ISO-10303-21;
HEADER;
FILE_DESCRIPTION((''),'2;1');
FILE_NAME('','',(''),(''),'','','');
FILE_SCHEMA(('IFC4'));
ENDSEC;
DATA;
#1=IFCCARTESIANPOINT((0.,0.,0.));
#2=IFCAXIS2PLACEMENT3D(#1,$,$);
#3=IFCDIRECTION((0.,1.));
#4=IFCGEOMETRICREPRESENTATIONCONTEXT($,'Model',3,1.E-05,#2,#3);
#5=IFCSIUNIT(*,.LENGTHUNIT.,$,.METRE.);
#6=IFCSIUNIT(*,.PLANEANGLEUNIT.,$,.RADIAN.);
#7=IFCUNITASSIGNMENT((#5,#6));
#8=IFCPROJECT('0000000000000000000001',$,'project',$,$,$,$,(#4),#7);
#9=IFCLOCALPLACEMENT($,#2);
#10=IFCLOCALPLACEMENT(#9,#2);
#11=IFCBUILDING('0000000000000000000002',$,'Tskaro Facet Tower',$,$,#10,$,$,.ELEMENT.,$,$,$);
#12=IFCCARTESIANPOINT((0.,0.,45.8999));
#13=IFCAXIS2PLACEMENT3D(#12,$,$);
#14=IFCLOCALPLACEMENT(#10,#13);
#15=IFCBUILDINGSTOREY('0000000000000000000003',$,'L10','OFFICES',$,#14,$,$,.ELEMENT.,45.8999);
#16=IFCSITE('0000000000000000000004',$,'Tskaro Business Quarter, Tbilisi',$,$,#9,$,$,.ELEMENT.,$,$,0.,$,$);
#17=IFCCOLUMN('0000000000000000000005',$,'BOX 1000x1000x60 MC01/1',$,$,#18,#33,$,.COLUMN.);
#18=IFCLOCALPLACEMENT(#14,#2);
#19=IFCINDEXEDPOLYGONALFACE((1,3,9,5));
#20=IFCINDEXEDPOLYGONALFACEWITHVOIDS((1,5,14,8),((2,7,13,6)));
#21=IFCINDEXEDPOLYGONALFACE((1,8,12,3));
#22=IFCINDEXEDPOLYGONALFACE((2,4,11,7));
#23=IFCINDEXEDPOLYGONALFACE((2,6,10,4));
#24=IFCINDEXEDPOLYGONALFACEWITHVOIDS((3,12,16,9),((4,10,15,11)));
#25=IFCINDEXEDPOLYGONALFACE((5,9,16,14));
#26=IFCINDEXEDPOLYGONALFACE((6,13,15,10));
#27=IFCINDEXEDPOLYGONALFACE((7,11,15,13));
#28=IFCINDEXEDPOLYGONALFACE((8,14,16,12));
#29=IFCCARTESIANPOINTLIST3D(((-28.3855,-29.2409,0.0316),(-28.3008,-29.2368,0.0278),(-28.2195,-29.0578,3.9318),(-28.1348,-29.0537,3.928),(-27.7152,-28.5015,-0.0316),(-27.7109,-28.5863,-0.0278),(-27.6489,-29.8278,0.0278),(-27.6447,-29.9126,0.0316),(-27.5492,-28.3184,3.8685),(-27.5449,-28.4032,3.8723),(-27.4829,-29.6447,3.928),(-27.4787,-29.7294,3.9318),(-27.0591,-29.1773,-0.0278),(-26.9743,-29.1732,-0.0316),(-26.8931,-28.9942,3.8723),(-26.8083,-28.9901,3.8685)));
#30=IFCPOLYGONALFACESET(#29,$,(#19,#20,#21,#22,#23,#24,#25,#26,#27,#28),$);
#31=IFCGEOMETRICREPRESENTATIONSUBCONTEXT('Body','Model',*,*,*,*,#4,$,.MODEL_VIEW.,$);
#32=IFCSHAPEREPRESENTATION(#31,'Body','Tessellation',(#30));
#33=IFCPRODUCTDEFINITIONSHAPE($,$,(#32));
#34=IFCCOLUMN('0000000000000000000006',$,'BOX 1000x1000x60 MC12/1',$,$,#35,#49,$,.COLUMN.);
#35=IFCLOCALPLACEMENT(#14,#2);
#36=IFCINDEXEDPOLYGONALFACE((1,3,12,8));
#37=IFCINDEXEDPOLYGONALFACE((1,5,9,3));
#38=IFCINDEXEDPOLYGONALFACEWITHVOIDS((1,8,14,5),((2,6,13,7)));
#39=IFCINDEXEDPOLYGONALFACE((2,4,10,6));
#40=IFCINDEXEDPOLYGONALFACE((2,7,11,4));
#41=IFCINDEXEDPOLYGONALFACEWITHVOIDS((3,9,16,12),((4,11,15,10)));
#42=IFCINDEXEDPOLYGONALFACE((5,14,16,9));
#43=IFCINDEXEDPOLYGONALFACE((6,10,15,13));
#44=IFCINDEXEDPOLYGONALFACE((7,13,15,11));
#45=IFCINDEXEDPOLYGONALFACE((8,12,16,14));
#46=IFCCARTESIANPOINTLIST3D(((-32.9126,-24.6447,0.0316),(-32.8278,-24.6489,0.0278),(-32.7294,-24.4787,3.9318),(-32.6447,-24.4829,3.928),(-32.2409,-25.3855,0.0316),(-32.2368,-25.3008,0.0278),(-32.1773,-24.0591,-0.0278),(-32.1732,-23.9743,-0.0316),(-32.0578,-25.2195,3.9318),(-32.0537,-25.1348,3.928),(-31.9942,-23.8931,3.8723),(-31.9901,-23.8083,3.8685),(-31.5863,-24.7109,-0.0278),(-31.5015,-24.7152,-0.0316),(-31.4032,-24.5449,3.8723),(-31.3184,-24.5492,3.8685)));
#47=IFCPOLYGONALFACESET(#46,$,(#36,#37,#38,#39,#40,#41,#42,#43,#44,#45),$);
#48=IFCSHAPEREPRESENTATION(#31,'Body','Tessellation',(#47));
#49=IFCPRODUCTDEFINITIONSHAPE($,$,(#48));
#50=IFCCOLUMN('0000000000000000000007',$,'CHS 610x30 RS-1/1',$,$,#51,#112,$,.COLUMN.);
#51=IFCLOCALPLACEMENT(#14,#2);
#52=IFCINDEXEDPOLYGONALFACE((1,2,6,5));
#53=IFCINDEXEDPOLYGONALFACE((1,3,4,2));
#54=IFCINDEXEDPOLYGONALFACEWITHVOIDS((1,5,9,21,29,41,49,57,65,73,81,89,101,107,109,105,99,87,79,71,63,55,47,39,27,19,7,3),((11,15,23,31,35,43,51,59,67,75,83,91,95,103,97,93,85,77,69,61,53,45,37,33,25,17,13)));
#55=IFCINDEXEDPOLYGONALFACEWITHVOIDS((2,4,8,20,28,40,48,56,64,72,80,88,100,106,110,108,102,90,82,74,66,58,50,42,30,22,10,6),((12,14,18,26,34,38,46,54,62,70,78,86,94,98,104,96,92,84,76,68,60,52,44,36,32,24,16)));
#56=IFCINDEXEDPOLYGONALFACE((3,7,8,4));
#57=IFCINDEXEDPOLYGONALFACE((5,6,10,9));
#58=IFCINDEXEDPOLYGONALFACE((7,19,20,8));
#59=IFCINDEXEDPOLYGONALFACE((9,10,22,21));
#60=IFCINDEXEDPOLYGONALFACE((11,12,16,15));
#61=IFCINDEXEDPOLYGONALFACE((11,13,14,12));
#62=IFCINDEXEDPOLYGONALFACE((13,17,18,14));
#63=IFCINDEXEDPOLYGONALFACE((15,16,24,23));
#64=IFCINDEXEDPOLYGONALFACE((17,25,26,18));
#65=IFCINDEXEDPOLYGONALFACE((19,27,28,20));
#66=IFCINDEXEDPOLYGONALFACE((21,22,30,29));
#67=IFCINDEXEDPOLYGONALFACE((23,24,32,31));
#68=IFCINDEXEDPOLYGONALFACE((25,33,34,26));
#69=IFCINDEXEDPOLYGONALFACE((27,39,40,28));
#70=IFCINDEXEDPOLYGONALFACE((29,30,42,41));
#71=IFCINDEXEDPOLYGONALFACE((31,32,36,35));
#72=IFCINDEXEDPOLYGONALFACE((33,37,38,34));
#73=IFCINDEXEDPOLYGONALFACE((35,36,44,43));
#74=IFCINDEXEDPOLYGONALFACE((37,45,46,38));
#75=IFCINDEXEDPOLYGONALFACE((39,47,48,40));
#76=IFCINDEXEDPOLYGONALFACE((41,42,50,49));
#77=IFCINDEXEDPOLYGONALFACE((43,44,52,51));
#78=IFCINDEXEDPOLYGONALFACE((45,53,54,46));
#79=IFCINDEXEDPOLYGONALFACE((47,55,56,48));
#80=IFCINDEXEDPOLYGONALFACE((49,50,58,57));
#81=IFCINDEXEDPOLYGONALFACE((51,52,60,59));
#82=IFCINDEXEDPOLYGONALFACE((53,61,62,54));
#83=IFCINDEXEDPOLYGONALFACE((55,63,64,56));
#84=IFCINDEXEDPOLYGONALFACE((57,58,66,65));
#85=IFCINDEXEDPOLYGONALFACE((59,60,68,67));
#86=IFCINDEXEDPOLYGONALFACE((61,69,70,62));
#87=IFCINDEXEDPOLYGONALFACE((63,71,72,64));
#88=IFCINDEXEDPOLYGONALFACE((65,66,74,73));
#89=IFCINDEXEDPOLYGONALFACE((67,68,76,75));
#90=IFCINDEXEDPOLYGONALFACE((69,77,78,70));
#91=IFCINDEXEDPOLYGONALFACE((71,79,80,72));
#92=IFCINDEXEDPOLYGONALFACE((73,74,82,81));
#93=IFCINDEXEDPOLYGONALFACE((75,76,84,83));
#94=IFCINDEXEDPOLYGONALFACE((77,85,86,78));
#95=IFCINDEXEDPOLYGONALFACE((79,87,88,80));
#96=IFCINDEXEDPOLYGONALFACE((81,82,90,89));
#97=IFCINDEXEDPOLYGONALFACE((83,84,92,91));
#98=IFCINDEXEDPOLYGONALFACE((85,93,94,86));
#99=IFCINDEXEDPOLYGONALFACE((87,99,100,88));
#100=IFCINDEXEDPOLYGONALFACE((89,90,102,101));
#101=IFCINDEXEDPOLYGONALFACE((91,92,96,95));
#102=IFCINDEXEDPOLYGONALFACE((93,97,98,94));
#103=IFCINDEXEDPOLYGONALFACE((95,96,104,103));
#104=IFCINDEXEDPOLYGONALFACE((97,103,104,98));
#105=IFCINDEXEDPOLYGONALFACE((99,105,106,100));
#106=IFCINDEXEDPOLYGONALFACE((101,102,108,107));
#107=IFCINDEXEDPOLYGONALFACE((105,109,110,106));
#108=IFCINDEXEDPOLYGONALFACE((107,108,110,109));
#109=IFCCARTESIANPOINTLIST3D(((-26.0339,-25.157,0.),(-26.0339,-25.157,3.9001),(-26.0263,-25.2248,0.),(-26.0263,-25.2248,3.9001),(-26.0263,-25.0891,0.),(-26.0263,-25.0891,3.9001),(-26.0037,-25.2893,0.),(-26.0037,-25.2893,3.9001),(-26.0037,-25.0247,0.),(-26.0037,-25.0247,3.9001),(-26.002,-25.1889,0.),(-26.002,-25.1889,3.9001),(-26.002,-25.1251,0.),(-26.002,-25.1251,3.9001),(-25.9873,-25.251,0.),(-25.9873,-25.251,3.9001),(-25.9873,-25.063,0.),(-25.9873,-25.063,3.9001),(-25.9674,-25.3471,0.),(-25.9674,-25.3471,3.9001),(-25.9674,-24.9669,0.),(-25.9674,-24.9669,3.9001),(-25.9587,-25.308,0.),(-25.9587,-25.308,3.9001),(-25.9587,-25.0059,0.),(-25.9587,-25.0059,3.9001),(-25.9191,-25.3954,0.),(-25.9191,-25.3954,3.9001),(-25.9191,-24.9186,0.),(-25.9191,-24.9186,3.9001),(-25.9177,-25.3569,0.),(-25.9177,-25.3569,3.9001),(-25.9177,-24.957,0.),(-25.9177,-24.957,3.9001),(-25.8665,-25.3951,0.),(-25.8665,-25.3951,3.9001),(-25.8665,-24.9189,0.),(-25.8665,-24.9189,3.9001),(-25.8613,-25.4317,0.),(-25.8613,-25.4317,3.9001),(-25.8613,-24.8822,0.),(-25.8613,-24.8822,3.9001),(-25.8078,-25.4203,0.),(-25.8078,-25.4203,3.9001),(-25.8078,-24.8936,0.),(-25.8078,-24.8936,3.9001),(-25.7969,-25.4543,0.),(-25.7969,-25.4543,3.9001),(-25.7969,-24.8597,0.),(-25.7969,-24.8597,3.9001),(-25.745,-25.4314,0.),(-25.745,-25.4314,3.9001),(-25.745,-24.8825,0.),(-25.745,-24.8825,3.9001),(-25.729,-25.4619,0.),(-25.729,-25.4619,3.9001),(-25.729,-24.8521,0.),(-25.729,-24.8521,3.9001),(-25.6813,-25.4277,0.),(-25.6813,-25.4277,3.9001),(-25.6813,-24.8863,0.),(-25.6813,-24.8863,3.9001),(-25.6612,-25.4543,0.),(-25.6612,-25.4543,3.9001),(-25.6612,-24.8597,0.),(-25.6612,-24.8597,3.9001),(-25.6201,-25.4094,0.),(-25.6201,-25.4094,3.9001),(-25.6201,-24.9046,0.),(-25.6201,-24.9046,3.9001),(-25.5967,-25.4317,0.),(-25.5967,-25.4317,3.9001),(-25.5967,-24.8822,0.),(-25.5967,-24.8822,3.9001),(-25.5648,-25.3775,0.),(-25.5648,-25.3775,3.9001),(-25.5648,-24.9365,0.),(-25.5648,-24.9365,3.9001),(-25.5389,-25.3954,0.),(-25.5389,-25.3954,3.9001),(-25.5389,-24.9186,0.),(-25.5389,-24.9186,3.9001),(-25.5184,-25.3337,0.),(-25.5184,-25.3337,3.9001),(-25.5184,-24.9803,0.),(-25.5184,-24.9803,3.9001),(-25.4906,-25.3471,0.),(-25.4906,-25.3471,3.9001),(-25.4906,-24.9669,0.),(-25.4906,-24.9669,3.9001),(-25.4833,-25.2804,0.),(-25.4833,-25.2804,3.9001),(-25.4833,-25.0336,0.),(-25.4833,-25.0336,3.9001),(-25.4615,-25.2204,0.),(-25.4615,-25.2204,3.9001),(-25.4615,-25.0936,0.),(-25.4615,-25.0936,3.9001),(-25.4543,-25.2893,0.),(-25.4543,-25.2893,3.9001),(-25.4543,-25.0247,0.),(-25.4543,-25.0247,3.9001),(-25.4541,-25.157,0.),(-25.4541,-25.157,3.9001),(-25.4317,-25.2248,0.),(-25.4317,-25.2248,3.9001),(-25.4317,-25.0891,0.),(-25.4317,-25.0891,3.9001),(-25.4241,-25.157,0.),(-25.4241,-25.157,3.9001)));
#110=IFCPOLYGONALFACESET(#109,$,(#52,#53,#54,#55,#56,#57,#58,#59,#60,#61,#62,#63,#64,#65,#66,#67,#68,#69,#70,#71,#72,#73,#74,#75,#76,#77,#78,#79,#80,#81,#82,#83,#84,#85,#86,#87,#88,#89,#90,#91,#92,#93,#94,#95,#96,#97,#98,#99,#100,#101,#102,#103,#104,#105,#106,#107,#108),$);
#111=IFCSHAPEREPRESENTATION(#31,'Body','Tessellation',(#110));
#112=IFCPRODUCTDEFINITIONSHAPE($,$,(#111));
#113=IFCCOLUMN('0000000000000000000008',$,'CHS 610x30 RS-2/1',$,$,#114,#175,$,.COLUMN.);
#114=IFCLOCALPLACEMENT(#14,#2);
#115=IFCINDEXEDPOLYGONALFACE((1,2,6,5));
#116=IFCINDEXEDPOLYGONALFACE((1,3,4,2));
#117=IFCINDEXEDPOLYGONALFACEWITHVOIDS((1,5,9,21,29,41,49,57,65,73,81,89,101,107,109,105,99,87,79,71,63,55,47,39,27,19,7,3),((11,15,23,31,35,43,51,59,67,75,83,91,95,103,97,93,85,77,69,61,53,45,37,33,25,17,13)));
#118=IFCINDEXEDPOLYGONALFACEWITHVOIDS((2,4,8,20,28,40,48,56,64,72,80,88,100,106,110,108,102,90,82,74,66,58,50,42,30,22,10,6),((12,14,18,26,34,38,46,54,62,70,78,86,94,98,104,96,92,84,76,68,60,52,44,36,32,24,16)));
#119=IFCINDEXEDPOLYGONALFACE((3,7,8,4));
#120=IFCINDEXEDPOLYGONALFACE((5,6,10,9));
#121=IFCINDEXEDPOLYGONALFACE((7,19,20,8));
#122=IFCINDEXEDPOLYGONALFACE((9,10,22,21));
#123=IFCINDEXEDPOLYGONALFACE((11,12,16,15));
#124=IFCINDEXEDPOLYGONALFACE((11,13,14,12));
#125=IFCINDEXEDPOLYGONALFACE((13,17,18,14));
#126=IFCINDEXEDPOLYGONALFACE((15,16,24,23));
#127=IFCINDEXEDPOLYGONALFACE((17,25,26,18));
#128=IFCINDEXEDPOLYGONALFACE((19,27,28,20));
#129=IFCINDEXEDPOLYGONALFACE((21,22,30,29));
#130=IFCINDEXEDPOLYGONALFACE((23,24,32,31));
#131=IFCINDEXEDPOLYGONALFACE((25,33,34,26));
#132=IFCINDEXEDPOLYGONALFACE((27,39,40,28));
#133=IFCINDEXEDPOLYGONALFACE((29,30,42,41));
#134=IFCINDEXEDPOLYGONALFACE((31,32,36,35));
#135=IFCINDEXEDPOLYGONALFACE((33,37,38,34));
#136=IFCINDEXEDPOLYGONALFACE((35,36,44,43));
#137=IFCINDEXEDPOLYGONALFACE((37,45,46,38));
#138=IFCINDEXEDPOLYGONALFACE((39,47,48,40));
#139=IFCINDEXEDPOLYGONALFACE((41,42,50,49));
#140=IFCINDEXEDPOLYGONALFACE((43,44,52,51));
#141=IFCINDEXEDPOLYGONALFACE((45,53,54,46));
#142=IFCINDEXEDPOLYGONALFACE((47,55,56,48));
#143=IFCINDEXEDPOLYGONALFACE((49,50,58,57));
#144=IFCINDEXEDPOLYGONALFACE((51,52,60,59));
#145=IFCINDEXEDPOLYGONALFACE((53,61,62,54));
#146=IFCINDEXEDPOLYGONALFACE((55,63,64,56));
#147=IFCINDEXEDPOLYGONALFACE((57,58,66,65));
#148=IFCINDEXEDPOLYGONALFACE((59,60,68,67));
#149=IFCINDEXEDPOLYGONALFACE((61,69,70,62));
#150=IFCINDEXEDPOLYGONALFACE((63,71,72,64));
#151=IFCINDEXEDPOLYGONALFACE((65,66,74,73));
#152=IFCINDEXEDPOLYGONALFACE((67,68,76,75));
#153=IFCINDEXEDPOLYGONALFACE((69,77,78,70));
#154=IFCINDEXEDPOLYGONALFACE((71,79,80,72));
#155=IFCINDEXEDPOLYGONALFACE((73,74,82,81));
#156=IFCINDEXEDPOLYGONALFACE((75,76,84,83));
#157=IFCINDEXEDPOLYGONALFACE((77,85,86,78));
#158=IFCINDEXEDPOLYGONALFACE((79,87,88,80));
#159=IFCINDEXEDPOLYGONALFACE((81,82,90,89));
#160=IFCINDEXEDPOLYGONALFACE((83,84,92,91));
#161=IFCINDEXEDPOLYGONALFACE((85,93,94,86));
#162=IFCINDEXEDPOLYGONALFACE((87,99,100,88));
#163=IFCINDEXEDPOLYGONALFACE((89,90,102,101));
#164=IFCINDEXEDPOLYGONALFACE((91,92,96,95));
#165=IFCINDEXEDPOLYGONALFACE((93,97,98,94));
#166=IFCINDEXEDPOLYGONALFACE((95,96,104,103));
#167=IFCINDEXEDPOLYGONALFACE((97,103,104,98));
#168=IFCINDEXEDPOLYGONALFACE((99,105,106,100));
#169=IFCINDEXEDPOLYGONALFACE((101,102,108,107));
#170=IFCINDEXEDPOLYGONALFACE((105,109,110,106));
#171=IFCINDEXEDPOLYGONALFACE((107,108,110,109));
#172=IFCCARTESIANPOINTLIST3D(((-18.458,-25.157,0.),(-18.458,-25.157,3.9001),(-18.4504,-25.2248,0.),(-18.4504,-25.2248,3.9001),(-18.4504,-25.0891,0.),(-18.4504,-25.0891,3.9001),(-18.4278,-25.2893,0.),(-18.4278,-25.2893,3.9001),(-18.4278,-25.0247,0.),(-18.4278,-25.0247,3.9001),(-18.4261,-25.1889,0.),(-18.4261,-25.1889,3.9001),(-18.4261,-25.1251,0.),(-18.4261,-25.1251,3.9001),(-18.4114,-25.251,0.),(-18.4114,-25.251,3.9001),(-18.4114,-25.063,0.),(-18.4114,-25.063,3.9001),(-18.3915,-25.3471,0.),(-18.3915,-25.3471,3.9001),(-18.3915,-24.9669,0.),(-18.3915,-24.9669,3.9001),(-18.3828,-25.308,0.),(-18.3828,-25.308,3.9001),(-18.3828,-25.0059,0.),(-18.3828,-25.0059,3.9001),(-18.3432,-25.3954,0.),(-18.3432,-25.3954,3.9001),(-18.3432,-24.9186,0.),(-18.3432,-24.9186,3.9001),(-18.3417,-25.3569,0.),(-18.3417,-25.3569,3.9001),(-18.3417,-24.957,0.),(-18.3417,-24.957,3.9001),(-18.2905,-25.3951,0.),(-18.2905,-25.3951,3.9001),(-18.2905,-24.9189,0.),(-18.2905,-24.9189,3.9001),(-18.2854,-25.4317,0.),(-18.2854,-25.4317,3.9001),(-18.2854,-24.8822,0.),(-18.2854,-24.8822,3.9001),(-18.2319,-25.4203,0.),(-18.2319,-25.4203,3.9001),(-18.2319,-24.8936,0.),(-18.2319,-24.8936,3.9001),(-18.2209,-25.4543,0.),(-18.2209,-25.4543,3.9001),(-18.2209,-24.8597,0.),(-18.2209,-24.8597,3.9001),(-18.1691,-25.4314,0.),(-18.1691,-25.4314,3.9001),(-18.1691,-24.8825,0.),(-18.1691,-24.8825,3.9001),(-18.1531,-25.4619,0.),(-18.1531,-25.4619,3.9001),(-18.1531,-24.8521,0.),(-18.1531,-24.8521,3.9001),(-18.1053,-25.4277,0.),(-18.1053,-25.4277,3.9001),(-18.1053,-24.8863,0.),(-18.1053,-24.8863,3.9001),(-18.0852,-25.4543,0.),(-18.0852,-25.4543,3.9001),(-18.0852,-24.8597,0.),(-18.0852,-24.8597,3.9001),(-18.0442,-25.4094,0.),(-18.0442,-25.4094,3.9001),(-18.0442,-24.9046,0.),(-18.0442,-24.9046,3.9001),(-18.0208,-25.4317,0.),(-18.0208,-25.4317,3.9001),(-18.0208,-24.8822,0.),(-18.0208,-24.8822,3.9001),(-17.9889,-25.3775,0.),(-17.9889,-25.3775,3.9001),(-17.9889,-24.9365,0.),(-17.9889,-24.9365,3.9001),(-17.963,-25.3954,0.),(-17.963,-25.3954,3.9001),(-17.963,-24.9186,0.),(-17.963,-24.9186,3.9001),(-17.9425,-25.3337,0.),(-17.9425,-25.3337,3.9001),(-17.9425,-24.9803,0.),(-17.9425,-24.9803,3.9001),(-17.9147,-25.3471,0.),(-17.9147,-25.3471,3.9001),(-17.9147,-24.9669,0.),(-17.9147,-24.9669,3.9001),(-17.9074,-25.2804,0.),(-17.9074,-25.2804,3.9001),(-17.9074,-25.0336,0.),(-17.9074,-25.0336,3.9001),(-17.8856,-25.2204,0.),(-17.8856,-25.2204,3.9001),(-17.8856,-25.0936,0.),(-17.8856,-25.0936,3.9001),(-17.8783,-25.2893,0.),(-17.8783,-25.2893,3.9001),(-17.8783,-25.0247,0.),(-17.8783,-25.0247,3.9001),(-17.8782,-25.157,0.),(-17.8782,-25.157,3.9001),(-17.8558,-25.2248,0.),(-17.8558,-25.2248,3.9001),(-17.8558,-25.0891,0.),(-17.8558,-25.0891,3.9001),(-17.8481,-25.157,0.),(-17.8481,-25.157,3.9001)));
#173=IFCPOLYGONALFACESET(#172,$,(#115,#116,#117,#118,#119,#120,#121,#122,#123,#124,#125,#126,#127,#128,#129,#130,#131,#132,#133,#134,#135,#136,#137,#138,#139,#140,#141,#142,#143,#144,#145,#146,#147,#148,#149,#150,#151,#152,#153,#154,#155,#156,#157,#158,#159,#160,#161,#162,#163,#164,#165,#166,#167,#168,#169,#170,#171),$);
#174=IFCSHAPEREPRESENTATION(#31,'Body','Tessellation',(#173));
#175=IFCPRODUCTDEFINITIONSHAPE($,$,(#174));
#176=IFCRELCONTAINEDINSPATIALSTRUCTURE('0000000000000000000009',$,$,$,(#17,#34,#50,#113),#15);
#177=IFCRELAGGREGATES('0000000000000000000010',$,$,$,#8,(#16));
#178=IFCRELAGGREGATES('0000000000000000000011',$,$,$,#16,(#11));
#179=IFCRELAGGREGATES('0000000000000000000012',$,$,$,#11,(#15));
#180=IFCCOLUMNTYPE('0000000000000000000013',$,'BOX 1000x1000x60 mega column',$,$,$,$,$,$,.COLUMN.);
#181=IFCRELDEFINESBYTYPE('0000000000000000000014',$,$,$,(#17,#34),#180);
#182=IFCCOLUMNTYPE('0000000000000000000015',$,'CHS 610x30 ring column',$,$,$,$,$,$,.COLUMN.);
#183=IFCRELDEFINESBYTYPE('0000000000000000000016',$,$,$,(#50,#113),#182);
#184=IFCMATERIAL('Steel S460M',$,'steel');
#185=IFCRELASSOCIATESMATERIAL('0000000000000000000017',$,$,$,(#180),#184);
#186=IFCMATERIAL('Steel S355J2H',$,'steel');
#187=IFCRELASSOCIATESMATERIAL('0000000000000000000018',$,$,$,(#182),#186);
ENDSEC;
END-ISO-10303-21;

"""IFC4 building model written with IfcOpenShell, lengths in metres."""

from ifc_helpers import new_model, si_unit, direction, frame, origin, origin_2d, place, context, subcontext, project, spatial, hollow_rectangle, hollow_circle, extrude, material, material_profile, profile_set, type_object, element, save


model = new_model("IFC4")

# Units and contexts
model_context = context("Model", 3, precision=1e-05, world=origin(), true_north=direction((0.0, 1.0)))
body_context = subcontext(model_context, "Body", "Model", "MODEL_VIEW")
ifc_project = project(units=[si_unit("LENGTHUNIT", "METRE"), si_unit("PLANEANGLEUNIT", "RADIAN")], contexts=[model_context])

# Site, building, storey
site_placement = place(None, origin())
site = spatial("IfcSite", under=ifc_project, at=site_placement, Name="Tskaro Business Quarter, Tbilisi", CompositionType="ELEMENT", RefElevation=0.0)
building_placement = place(site_placement, origin())
building = spatial("IfcBuilding", under=site, at=building_placement, Name="Tskaro Facet Tower", CompositionType="ELEMENT")
storey_placement = place(building_placement, frame((0.0, 0.0, 45.8999)))
storey = spatial("IfcBuildingStorey", under=building, at=storey_placement, Name="L10", Description="OFFICES", CompositionType="ELEMENT", Elevation=45.8999)

# Columns
ifc_material_1 = material(Name="Steel S460M", Category="steel")
ifc_material_profile_1 = material_profile(ifc_material_1, hollow_rectangle(XDim=1.0, YDim=1.0, WallThickness=0.0601, at=origin_2d()), Name="BOX 1000x1000x60")
ifc_profile_set_1 = profile_set([ifc_material_profile_1], Name="Steel S460M")
column_type_1 = type_object("IfcColumnType", Name="BOX 1000x1000x60 mega column", PredefinedType="COLUMN", material=ifc_profile_set_1)
for number, where, z_axis, x_axis, name in (
    (1, (-27.6799, -29.207, 0.0), (0.042481, 0.046854, 0.997998), (-0.740833, 0.671689, 0.0), "BOX 1000x1000x60 MC01/1"),
    (2, (-32.207, -24.6799, 0.0), (0.046854, 0.042481, 0.997998), (-0.671689, 0.740833, 0.0), "BOX 1000x1000x60 MC12/1"),
):
    element("IfcColumn", number, at=place(storey_placement, frame(where, z_axis=z_axis, x_axis=x_axis)), inside=storey, type_object=column_type_1, Name=name, PredefinedType="COLUMN", context=body_context, shape_type="SweptSolid", body=[
        extrude(hollow_rectangle(XDim=1.0, YDim=1.0, WallThickness=0.0601, at=origin_2d()), origin(), (0.0, 0.0, 1.0), 3.908),
    ])
ifc_material_2 = material(Name="Steel S355J2H", Category="steel")
ifc_material_profile_2 = material_profile(ifc_material_2, hollow_circle(Radius=0.3049, WallThickness=0.03, at=origin_2d()), Name="CHS 610x30")
ifc_profile_set_2 = profile_set([ifc_material_profile_2], Name="Steel S355J2H")
column_type_2 = type_object("IfcColumnType", Name="CHS 610x30 ring column", PredefinedType="COLUMN", material=ifc_profile_set_2)
for number, where, z_axis, x_axis, name in (
    (3, (-25.729, -25.157, 0.0), (0.0, 0.0, 1.0), (1.0, 0.0, 0.0), "CHS 610x30 RS-1/1"),
    (4, (-18.1531, -25.157, 0.0), (0.0, 0.0, 1.0), (1.0, 0.0, 0.0), "CHS 610x30 RS-2/1"),
):
    element("IfcColumn", number, at=place(storey_placement, frame(where, z_axis=z_axis, x_axis=x_axis)), inside=storey, type_object=column_type_2, Name=name, PredefinedType="COLUMN", context=body_context, shape_type="SweptSolid", body=[
        extrude(hollow_circle(Radius=0.3049, WallThickness=0.03, at=origin_2d()), origin(), (0.0, 0.0, 1.0), 3.9001),
    ])

save(model, "model.ifc")
